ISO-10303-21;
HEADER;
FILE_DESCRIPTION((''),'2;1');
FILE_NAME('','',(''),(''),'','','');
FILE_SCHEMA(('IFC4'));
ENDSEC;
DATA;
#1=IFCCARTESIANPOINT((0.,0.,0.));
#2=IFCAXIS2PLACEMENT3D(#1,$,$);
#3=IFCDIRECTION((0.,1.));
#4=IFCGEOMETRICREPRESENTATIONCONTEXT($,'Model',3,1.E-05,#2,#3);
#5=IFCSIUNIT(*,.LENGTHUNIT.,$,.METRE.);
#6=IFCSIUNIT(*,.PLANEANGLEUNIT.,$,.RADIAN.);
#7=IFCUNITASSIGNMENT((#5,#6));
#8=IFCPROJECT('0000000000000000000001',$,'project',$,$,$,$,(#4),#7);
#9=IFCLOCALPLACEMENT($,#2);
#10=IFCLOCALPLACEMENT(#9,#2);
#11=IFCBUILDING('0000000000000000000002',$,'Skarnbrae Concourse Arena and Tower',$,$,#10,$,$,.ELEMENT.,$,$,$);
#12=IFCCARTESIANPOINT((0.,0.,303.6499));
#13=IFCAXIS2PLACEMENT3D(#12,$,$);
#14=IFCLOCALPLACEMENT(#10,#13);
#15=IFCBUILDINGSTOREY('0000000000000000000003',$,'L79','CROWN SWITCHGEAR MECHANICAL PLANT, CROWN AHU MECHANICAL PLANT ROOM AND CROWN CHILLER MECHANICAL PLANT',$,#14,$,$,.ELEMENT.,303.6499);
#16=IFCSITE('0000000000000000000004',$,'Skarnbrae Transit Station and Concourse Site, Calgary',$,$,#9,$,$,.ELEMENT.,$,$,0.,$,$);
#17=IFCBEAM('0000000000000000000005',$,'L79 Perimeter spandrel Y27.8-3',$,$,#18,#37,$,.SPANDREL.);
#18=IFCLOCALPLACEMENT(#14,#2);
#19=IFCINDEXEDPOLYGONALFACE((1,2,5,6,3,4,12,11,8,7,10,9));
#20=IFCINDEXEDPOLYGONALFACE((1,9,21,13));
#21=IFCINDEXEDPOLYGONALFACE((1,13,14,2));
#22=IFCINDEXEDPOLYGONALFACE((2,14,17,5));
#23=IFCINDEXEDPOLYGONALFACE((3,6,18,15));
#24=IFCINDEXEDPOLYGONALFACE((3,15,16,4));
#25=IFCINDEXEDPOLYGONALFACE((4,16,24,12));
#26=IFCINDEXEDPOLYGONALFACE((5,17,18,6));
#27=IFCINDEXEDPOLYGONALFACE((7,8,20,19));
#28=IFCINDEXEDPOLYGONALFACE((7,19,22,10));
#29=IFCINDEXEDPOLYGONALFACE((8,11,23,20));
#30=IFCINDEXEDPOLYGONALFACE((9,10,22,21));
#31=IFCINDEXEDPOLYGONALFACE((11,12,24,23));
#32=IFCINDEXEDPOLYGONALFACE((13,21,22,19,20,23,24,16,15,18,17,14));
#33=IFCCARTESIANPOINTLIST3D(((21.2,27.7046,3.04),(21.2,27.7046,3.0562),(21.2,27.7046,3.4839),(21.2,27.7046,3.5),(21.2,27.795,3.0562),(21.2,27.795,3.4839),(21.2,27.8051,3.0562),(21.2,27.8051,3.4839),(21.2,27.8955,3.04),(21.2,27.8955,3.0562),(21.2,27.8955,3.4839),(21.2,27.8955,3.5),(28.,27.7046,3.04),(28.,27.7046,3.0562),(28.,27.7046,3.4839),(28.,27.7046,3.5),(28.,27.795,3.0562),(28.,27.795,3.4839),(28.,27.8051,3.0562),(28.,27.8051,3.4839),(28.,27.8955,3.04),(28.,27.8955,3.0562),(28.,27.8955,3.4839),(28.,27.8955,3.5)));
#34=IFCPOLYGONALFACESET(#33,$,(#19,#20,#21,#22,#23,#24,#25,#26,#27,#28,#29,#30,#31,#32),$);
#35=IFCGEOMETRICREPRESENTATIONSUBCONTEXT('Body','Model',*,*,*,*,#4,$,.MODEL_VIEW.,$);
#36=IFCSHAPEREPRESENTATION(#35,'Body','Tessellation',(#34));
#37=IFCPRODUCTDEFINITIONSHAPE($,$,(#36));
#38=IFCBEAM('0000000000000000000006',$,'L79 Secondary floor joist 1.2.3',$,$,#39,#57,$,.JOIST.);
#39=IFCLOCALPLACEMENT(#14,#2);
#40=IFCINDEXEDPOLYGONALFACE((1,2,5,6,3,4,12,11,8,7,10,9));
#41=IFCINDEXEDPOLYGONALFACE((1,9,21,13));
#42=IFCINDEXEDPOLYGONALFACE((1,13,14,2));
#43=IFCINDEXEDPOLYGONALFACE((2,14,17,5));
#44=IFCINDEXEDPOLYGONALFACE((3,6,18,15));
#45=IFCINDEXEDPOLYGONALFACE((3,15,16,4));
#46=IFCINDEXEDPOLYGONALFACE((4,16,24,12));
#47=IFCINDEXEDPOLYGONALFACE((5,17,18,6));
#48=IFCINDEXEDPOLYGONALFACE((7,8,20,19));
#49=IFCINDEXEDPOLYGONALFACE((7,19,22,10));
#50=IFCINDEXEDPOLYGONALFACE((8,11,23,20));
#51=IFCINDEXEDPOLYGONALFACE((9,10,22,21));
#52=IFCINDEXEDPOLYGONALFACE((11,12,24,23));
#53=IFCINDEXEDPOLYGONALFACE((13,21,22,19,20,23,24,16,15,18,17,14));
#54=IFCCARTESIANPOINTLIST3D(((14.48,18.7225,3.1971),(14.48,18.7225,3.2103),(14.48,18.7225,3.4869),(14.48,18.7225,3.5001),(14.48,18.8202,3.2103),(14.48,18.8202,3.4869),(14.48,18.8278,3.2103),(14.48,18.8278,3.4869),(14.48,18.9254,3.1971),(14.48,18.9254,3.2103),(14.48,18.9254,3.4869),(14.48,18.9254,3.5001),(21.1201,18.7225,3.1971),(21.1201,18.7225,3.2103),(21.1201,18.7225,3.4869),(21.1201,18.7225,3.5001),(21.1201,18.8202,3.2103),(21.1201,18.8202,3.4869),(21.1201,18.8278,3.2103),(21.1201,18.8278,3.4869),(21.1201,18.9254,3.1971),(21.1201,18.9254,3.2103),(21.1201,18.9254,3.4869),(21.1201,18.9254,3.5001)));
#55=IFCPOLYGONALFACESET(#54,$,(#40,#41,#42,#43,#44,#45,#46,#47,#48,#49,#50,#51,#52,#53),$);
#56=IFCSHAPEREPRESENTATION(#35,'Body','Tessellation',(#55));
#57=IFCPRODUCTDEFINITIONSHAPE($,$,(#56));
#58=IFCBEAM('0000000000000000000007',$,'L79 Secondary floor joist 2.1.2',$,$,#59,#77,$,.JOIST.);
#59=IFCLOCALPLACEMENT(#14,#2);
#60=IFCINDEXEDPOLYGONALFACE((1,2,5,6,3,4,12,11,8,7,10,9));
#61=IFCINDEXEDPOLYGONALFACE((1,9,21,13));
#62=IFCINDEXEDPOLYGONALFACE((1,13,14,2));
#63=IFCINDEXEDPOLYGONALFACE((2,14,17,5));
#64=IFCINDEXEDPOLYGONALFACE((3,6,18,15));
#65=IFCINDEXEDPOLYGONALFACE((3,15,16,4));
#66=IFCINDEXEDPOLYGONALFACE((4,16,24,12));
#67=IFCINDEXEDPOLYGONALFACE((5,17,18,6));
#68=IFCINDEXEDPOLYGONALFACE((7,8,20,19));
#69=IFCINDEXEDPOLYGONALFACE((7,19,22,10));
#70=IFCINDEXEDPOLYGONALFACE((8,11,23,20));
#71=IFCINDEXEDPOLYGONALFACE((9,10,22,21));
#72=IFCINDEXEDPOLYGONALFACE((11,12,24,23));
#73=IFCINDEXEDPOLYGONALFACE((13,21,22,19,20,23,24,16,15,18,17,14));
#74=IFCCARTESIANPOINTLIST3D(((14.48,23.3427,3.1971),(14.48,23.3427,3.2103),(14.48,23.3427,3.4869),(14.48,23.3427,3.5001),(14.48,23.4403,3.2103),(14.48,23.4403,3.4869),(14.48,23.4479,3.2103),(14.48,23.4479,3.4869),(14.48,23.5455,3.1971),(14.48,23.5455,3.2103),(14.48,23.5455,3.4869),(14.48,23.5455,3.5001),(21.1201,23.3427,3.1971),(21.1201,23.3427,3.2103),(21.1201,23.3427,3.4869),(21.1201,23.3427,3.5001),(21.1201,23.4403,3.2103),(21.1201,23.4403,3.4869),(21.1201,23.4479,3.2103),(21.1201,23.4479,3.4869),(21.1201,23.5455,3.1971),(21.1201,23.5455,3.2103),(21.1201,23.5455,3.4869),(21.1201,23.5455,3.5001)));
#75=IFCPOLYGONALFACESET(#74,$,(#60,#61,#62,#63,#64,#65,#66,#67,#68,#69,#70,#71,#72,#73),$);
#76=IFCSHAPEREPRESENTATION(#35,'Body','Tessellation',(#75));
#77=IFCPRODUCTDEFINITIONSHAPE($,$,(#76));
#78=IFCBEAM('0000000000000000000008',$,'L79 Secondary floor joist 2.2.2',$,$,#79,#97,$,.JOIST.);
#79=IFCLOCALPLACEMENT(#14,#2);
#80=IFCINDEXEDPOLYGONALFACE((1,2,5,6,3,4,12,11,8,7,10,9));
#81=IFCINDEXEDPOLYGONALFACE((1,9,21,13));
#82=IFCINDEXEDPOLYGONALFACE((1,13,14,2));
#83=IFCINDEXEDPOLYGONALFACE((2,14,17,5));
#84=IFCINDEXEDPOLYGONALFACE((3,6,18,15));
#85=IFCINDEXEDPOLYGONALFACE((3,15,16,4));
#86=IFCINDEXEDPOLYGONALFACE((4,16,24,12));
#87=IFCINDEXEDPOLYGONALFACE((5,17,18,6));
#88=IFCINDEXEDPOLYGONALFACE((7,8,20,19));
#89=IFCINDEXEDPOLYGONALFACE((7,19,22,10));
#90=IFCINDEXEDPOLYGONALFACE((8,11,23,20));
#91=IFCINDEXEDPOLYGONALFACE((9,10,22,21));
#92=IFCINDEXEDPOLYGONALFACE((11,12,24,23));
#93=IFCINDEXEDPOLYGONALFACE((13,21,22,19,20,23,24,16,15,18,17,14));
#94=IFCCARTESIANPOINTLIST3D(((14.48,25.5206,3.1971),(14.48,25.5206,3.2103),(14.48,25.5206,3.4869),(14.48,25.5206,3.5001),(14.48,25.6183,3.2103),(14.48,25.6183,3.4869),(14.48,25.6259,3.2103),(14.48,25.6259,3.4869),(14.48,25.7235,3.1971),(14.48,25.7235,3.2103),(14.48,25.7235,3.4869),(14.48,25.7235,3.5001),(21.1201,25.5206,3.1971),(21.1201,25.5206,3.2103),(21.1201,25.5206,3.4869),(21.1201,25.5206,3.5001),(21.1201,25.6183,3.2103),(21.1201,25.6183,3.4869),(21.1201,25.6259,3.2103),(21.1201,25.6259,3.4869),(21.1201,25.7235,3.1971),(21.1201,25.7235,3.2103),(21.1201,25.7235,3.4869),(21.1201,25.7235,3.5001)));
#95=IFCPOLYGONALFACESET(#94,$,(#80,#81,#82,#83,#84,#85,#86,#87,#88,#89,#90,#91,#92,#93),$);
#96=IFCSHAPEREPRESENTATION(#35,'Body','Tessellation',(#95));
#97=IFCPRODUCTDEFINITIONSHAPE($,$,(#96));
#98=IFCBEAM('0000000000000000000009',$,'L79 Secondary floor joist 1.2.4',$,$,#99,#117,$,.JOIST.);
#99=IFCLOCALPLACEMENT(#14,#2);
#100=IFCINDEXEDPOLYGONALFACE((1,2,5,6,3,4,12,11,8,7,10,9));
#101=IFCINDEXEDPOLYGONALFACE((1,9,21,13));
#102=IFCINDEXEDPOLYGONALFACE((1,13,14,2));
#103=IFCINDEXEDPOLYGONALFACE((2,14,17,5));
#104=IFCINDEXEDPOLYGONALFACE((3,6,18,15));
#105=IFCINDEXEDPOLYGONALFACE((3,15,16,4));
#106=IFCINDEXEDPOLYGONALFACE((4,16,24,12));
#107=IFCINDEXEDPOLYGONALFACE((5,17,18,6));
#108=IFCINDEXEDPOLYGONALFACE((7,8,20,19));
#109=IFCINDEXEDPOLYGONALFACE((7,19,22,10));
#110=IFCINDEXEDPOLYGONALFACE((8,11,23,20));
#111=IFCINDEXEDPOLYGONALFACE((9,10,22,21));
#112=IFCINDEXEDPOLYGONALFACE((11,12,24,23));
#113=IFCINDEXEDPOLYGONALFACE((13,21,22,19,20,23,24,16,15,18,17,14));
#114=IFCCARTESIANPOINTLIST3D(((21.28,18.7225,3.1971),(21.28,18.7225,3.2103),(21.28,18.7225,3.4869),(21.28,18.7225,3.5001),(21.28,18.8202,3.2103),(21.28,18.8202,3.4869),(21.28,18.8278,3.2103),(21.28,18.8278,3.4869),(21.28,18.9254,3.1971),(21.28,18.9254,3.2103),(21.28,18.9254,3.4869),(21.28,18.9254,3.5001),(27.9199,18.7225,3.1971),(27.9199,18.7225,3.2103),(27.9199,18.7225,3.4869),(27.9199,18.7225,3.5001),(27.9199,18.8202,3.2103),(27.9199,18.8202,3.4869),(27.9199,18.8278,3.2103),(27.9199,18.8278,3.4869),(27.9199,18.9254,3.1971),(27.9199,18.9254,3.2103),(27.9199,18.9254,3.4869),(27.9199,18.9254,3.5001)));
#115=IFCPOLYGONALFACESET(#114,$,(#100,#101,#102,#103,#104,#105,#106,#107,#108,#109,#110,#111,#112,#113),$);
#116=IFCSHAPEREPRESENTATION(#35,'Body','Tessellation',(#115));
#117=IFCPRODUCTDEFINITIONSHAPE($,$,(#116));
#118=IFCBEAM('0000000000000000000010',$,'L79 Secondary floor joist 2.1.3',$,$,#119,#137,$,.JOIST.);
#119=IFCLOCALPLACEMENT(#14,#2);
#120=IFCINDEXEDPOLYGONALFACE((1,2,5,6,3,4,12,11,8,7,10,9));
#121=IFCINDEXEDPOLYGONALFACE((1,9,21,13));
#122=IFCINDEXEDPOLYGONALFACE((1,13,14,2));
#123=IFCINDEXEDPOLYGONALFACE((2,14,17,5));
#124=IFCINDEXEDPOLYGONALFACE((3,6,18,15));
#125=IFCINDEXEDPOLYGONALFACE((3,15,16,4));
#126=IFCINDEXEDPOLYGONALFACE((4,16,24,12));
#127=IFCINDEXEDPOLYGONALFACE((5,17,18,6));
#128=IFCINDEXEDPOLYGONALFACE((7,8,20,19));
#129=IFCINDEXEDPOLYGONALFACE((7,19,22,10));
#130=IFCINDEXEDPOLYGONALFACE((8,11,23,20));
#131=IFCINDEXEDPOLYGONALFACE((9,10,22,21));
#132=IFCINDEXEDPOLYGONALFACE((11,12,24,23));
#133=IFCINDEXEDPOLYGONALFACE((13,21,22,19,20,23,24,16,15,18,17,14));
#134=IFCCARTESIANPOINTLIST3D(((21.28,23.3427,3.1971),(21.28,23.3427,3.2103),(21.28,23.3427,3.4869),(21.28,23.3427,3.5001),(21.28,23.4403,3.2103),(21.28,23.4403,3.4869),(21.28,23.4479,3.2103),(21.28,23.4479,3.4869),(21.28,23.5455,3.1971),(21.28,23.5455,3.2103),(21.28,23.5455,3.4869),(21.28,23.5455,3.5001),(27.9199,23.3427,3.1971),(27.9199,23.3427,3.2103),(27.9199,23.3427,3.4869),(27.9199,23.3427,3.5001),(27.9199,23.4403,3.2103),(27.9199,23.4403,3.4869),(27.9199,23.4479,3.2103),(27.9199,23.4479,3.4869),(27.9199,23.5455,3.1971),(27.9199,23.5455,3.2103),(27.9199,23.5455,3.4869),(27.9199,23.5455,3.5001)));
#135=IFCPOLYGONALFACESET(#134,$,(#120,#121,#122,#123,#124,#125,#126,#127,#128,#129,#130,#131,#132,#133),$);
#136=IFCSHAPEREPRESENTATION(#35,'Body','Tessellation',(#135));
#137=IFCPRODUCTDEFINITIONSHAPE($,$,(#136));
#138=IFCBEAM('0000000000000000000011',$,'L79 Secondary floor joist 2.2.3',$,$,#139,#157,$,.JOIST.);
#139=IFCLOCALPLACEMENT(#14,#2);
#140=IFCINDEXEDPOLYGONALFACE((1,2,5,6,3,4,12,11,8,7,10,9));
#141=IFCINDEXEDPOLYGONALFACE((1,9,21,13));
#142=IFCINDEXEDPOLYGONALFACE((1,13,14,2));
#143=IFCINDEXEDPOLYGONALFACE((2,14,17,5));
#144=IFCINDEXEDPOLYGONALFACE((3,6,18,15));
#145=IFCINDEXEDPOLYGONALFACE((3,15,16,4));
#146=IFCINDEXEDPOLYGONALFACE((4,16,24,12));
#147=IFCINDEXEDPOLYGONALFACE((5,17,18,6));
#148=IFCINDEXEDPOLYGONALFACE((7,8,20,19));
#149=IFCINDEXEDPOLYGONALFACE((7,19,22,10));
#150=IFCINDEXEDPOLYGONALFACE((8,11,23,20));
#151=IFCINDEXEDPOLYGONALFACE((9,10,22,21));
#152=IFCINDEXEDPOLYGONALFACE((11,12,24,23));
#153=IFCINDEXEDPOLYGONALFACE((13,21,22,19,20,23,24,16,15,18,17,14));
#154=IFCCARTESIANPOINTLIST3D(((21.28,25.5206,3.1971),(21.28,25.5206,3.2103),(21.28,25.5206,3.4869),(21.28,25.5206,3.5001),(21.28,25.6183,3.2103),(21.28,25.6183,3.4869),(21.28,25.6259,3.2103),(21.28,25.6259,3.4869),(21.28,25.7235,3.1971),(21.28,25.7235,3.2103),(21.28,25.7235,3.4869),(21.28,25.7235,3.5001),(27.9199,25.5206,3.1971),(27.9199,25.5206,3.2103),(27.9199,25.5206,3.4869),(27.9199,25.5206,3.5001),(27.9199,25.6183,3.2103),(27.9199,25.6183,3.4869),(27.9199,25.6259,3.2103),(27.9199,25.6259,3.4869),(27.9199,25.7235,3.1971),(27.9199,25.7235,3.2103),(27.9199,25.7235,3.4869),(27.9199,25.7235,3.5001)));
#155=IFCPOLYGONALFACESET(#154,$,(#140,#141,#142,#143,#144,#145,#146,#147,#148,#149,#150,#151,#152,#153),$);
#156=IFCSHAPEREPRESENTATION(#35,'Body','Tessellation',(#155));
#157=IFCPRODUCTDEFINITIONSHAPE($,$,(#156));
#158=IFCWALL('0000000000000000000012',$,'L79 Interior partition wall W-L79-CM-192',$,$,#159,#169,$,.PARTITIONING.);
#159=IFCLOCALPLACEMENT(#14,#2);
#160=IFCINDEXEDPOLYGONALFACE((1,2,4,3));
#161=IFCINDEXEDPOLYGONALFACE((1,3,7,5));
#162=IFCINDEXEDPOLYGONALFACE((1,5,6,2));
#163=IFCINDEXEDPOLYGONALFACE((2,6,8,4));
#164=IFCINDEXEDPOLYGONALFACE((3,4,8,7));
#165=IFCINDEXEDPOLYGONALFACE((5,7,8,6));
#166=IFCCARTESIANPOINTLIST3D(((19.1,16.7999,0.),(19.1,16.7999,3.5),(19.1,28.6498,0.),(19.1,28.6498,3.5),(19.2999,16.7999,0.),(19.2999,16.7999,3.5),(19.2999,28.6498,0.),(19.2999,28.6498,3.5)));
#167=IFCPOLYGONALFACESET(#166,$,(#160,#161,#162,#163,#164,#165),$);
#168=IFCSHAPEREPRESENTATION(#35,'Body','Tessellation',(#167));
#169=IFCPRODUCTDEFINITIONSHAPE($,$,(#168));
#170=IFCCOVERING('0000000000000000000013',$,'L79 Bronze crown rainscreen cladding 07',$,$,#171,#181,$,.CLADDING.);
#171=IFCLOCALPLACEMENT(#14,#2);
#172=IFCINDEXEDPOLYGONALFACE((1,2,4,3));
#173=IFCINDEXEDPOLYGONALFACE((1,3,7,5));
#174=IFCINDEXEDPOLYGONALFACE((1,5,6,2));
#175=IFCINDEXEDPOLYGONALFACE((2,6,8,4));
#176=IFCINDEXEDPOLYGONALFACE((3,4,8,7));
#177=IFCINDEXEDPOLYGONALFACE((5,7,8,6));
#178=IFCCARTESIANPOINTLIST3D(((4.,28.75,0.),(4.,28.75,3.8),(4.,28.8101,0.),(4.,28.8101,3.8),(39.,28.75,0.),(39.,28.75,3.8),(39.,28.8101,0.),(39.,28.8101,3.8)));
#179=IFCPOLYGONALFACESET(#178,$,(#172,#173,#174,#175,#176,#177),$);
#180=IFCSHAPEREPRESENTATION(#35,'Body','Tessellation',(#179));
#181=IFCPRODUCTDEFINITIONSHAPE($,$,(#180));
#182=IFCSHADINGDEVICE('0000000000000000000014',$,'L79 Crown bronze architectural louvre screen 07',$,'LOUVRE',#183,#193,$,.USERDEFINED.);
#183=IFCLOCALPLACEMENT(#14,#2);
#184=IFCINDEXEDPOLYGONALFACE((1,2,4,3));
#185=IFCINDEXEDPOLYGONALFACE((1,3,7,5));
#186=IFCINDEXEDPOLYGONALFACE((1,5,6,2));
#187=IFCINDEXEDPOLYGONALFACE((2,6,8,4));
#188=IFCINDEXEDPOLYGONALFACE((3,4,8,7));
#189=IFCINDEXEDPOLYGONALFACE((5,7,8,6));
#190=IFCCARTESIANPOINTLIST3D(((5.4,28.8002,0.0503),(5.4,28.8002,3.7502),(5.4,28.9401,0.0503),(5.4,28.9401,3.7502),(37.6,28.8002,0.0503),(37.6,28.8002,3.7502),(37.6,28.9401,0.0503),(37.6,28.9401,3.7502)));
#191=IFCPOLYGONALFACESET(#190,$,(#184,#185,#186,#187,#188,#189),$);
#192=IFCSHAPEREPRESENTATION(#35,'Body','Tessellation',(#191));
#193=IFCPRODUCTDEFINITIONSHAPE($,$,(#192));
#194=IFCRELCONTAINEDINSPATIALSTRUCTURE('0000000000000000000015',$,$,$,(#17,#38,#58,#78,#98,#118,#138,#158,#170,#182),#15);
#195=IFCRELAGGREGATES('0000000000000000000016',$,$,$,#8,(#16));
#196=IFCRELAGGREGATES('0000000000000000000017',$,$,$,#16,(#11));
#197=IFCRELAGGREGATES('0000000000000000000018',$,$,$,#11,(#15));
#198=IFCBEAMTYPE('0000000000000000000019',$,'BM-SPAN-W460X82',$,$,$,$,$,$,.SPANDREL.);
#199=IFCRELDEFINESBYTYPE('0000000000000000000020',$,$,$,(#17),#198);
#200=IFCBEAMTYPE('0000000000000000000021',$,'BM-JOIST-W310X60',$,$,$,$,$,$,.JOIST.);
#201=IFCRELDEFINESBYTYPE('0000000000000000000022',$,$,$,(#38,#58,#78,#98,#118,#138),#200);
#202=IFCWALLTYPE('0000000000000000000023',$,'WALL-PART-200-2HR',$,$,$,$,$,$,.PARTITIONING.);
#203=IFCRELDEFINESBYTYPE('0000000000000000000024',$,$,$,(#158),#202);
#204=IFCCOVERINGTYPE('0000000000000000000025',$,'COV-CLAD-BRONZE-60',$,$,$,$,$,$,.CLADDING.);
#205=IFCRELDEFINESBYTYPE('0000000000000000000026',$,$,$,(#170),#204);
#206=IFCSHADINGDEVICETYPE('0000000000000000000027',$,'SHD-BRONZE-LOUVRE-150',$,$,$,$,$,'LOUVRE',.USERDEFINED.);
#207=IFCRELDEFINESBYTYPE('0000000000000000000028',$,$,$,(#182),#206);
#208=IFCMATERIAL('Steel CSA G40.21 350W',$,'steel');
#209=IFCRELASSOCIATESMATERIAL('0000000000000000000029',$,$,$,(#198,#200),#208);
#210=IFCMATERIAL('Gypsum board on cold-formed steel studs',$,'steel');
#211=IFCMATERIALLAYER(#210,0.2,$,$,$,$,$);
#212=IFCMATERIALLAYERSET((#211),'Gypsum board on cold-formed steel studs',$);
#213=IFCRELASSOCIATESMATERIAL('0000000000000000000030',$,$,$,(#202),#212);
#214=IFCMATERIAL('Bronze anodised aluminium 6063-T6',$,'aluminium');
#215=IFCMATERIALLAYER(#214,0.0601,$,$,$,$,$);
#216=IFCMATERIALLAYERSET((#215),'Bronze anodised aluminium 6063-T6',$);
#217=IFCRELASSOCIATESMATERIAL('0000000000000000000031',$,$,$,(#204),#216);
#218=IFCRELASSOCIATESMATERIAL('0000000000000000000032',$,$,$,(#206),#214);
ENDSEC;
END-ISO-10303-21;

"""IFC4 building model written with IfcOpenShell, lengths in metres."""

from ifc_helpers import new_model, si_unit, direction, frame, frame_2d, origin, origin_2d, place, context, subcontext, project, spatial, rectangle, i_section, extrude, source, transform, mapped, material, layer, layer_set, material_profile, profile_set, type_object, element, save


model = new_model("IFC4")

# Units and contexts
model_context = context("Model", 3, precision=1e-05, world=origin(), true_north=direction((0.0, 1.0)))
body_context = subcontext(model_context, "Body", "Model", "MODEL_VIEW")
ifc_project = project(units=[si_unit("LENGTHUNIT", "METRE"), si_unit("PLANEANGLEUNIT", "RADIAN")], contexts=[model_context])

# Site, building, storey
site_placement = place(None, origin())
site = spatial("IfcSite", under=ifc_project, at=site_placement, Name="Skarnbrae Transit Station and Concourse Site, Calgary", CompositionType="ELEMENT", RefElevation=0.0)
building_placement = place(site_placement, origin())
building = spatial("IfcBuilding", under=site, at=building_placement, Name="Skarnbrae Concourse Arena and Tower", CompositionType="ELEMENT")
storey_placement = place(building_placement, frame((0.0, 0.0, 303.6499)))
storey = spatial("IfcBuildingStorey", under=building, at=storey_placement, Name="L79", Description="CROWN SWITCHGEAR MECHANICAL PLANT, CROWN AHU MECHANICAL PLANT ROOM AND CROWN CHILLER MECHANICAL PLANT", CompositionType="ELEMENT", Elevation=303.6499)

# Shared definitions
ifc_material_1 = material(Name="Steel CSA G40.21 350W", Category="steel")

# Beams
ifc_material_profile_1 = material_profile(ifc_material_1, i_section(OverallWidth=0.1909, OverallDepth=0.46, WebThickness=0.01, FlangeThickness=0.0161, at=origin_2d()), Name="W460X82")
ifc_profile_set_1 = profile_set([ifc_material_profile_1], Name="Steel CSA G40.21 350W")
beam_type_1 = type_object("IfcBeamType", Name="BM-SPAN-W460X82", PredefinedType="SPANDREL", material=ifc_profile_set_1)
shared_shape_1 = source(origin(), body_context, "Body", "SweptSolid", [
    extrude(i_section(OverallWidth=0.1909, OverallDepth=0.46, WebThickness=0.01, FlangeThickness=0.0161, at=origin_2d()), origin(), (0.0, 0.0, 1.0), 6.8),
])
beam_1_placement = place(storey_placement, frame((21.2, 27.8, 3.27), z_axis=(1.0, 0.0, 0.0), x_axis=(0.0, 1.0, 0.0)))
element("IfcBeam", 1, at=beam_1_placement, inside=storey, type_object=beam_type_1, Name="L79 Perimeter spandrel Y27.8-3", PredefinedType="SPANDREL", context=body_context, shape_type="MappedRepresentation", body=[
    mapped(shared_shape_1, transform((0.0, 0.0, 0.0))),
])
ifc_material_profile_2 = material_profile(ifc_material_1, i_section(OverallWidth=0.2029, OverallDepth=0.303, WebThickness=0.0076, FlangeThickness=0.0132, at=origin_2d()), Name="W310X60")
ifc_profile_set_2 = profile_set([ifc_material_profile_2], Name="Steel CSA G40.21 350W")
beam_type_2 = type_object("IfcBeamType", Name="BM-JOIST-W310X60", PredefinedType="JOIST", material=ifc_profile_set_2)
shared_shape_2 = source(origin(), body_context, "Body", "SweptSolid", [
    extrude(i_section(OverallWidth=0.2029, OverallDepth=0.303, WebThickness=0.0076, FlangeThickness=0.0132, at=origin_2d()), origin(), (0.0, 0.0, 1.0), 6.6401),
])
for number, where, z_axis, x_axis, name in (
    (2, (14.48, 18.824, 3.3486), (1.0, 0.0, 0.0), (0.0, 1.0, 0.0), "L79 Secondary floor joist 1.2.3"),
    (3, (14.48, 23.4441, 3.3486), (1.0, 0.0, 0.0), (0.0, 1.0, 0.0), "L79 Secondary floor joist 2.1.2"),
    (4, (14.48, 25.6221, 3.3486), (1.0, 0.0, 0.0), (0.0, 1.0, 0.0), "L79 Secondary floor joist 2.2.2"),
):
    element("IfcBeam", number, at=place(storey_placement, frame(where, z_axis=z_axis, x_axis=x_axis)), inside=storey, type_object=beam_type_2, Name=name, PredefinedType="JOIST", context=body_context, shape_type="MappedRepresentation", body=[
        mapped(shared_shape_2, transform((0.0, 0.0, 0.0))),
    ])
shared_shape_3 = source(origin(), body_context, "Body", "SweptSolid", [
    extrude(i_section(OverallWidth=0.2029, OverallDepth=0.303, WebThickness=0.0076, FlangeThickness=0.0132, at=origin_2d()), origin(), (0.0, 0.0, 1.0), 6.6399),
])
for number, where, z_axis, x_axis, name in (
    (5, (21.28, 18.824, 3.3486), (1.0, 0.0, 0.0), (0.0, 1.0, 0.0), "L79 Secondary floor joist 1.2.4"),
    (6, (21.28, 23.4441, 3.3486), (1.0, 0.0, 0.0), (0.0, 1.0, 0.0), "L79 Secondary floor joist 2.1.3"),
    (7, (21.28, 25.6221, 3.3486), (1.0, 0.0, 0.0), (0.0, 1.0, 0.0), "L79 Secondary floor joist 2.2.3"),
):
    element("IfcBeam", number, at=place(storey_placement, frame(where, z_axis=z_axis, x_axis=x_axis)), inside=storey, type_object=beam_type_2, Name=name, PredefinedType="JOIST", context=body_context, shape_type="MappedRepresentation", body=[
        mapped(shared_shape_3, transform((0.0, 0.0, 0.0))),
    ])

# Wall
ifc_material_2 = material(Name="Gypsum board on cold-formed steel studs", Category="steel")
ifc_layer_1 = layer(ifc_material_2, 0.2)
ifc_layer_set_1 = layer_set([ifc_layer_1], Name="Gypsum board on cold-formed steel studs")
wall_type = type_object("IfcWallType", Name="WALL-PART-200-2HR", PredefinedType="PARTITIONING", material=ifc_layer_set_1)
shared_shape_4 = source(origin(), body_context, "Body", "SweptSolid", [
    extrude(rectangle(XDim=11.8499, YDim=0.2, at=frame_2d((5.9248, 0.0))), origin(), (0.0, 0.0, 1.0), 3.5),
])
wall_placement = place(storey_placement, frame((19.2, 16.8, 0.0), z_axis=(0.0, 0.0, 1.0), x_axis=(0.0, 1.0, 0.0)))
element("IfcWall", 8, at=wall_placement, inside=storey, type_object=wall_type, Name="L79 Interior partition wall W-L79-CM-192", PredefinedType="PARTITIONING", context=body_context, shape_type="MappedRepresentation", body=[
    mapped(shared_shape_4, transform((0.0, 0.0, 0.0))),
])

# Covering
ifc_material_3 = material(Name="Bronze anodised aluminium 6063-T6", Category="aluminium")
ifc_layer_2 = layer(ifc_material_3, 0.0601)
ifc_layer_set_2 = layer_set([ifc_layer_2], Name="Bronze anodised aluminium 6063-T6")
covering_type = type_object("IfcCoveringType", Name="COV-CLAD-BRONZE-60", PredefinedType="CLADDING", material=ifc_layer_set_2)
shared_shape_5 = source(origin(), body_context, "Body", "SweptSolid", [
    extrude(rectangle(XDim=35.0, YDim=0.0601, at=origin_2d()), origin(), (0.0, 0.0, 1.0), 3.8),
])
covering_placement = place(storey_placement, frame((21.5, 28.78, 0.0), z_axis=(0.0, 0.0, 1.0), x_axis=(-1.0, 0.0, 0.0)))
element("IfcCovering", 9, at=covering_placement, inside=storey, type_object=covering_type, Name="L79 Bronze crown rainscreen cladding 07", PredefinedType="CLADDING", context=body_context, shape_type="MappedRepresentation", body=[
    mapped(shared_shape_5, transform((0.0, 0.0, 0.0))),
])

# Shading device
shading_device_type = type_object("IfcShadingDeviceType", Name="SHD-BRONZE-LOUVRE-150", ElementType="LOUVRE", PredefinedType="USERDEFINED", material=ifc_material_3)
shared_shape_6 = source(origin(), body_context, "Body", "SweptSolid", [
    extrude(rectangle(XDim=32.2, YDim=0.1399, at=origin_2d()), origin(), (0.0, 0.0, 1.0), 3.7),
])
shading_device_placement = place(storey_placement, frame((21.5, 28.8701, 0.0503), z_axis=(0.0, 0.0, 1.0), x_axis=(-1.0, 0.0, 0.0)))
element("IfcShadingDevice", 10, at=shading_device_placement, inside=storey, type_object=shading_device_type, Name="L79 Crown bronze architectural louvre screen 07", ObjectType="LOUVRE", PredefinedType="USERDEFINED", context=body_context, shape_type="MappedRepresentation", body=[
    mapped(shared_shape_6, transform((0.0, 0.0, 0.0))),
])

save(model, "model.ifc")
